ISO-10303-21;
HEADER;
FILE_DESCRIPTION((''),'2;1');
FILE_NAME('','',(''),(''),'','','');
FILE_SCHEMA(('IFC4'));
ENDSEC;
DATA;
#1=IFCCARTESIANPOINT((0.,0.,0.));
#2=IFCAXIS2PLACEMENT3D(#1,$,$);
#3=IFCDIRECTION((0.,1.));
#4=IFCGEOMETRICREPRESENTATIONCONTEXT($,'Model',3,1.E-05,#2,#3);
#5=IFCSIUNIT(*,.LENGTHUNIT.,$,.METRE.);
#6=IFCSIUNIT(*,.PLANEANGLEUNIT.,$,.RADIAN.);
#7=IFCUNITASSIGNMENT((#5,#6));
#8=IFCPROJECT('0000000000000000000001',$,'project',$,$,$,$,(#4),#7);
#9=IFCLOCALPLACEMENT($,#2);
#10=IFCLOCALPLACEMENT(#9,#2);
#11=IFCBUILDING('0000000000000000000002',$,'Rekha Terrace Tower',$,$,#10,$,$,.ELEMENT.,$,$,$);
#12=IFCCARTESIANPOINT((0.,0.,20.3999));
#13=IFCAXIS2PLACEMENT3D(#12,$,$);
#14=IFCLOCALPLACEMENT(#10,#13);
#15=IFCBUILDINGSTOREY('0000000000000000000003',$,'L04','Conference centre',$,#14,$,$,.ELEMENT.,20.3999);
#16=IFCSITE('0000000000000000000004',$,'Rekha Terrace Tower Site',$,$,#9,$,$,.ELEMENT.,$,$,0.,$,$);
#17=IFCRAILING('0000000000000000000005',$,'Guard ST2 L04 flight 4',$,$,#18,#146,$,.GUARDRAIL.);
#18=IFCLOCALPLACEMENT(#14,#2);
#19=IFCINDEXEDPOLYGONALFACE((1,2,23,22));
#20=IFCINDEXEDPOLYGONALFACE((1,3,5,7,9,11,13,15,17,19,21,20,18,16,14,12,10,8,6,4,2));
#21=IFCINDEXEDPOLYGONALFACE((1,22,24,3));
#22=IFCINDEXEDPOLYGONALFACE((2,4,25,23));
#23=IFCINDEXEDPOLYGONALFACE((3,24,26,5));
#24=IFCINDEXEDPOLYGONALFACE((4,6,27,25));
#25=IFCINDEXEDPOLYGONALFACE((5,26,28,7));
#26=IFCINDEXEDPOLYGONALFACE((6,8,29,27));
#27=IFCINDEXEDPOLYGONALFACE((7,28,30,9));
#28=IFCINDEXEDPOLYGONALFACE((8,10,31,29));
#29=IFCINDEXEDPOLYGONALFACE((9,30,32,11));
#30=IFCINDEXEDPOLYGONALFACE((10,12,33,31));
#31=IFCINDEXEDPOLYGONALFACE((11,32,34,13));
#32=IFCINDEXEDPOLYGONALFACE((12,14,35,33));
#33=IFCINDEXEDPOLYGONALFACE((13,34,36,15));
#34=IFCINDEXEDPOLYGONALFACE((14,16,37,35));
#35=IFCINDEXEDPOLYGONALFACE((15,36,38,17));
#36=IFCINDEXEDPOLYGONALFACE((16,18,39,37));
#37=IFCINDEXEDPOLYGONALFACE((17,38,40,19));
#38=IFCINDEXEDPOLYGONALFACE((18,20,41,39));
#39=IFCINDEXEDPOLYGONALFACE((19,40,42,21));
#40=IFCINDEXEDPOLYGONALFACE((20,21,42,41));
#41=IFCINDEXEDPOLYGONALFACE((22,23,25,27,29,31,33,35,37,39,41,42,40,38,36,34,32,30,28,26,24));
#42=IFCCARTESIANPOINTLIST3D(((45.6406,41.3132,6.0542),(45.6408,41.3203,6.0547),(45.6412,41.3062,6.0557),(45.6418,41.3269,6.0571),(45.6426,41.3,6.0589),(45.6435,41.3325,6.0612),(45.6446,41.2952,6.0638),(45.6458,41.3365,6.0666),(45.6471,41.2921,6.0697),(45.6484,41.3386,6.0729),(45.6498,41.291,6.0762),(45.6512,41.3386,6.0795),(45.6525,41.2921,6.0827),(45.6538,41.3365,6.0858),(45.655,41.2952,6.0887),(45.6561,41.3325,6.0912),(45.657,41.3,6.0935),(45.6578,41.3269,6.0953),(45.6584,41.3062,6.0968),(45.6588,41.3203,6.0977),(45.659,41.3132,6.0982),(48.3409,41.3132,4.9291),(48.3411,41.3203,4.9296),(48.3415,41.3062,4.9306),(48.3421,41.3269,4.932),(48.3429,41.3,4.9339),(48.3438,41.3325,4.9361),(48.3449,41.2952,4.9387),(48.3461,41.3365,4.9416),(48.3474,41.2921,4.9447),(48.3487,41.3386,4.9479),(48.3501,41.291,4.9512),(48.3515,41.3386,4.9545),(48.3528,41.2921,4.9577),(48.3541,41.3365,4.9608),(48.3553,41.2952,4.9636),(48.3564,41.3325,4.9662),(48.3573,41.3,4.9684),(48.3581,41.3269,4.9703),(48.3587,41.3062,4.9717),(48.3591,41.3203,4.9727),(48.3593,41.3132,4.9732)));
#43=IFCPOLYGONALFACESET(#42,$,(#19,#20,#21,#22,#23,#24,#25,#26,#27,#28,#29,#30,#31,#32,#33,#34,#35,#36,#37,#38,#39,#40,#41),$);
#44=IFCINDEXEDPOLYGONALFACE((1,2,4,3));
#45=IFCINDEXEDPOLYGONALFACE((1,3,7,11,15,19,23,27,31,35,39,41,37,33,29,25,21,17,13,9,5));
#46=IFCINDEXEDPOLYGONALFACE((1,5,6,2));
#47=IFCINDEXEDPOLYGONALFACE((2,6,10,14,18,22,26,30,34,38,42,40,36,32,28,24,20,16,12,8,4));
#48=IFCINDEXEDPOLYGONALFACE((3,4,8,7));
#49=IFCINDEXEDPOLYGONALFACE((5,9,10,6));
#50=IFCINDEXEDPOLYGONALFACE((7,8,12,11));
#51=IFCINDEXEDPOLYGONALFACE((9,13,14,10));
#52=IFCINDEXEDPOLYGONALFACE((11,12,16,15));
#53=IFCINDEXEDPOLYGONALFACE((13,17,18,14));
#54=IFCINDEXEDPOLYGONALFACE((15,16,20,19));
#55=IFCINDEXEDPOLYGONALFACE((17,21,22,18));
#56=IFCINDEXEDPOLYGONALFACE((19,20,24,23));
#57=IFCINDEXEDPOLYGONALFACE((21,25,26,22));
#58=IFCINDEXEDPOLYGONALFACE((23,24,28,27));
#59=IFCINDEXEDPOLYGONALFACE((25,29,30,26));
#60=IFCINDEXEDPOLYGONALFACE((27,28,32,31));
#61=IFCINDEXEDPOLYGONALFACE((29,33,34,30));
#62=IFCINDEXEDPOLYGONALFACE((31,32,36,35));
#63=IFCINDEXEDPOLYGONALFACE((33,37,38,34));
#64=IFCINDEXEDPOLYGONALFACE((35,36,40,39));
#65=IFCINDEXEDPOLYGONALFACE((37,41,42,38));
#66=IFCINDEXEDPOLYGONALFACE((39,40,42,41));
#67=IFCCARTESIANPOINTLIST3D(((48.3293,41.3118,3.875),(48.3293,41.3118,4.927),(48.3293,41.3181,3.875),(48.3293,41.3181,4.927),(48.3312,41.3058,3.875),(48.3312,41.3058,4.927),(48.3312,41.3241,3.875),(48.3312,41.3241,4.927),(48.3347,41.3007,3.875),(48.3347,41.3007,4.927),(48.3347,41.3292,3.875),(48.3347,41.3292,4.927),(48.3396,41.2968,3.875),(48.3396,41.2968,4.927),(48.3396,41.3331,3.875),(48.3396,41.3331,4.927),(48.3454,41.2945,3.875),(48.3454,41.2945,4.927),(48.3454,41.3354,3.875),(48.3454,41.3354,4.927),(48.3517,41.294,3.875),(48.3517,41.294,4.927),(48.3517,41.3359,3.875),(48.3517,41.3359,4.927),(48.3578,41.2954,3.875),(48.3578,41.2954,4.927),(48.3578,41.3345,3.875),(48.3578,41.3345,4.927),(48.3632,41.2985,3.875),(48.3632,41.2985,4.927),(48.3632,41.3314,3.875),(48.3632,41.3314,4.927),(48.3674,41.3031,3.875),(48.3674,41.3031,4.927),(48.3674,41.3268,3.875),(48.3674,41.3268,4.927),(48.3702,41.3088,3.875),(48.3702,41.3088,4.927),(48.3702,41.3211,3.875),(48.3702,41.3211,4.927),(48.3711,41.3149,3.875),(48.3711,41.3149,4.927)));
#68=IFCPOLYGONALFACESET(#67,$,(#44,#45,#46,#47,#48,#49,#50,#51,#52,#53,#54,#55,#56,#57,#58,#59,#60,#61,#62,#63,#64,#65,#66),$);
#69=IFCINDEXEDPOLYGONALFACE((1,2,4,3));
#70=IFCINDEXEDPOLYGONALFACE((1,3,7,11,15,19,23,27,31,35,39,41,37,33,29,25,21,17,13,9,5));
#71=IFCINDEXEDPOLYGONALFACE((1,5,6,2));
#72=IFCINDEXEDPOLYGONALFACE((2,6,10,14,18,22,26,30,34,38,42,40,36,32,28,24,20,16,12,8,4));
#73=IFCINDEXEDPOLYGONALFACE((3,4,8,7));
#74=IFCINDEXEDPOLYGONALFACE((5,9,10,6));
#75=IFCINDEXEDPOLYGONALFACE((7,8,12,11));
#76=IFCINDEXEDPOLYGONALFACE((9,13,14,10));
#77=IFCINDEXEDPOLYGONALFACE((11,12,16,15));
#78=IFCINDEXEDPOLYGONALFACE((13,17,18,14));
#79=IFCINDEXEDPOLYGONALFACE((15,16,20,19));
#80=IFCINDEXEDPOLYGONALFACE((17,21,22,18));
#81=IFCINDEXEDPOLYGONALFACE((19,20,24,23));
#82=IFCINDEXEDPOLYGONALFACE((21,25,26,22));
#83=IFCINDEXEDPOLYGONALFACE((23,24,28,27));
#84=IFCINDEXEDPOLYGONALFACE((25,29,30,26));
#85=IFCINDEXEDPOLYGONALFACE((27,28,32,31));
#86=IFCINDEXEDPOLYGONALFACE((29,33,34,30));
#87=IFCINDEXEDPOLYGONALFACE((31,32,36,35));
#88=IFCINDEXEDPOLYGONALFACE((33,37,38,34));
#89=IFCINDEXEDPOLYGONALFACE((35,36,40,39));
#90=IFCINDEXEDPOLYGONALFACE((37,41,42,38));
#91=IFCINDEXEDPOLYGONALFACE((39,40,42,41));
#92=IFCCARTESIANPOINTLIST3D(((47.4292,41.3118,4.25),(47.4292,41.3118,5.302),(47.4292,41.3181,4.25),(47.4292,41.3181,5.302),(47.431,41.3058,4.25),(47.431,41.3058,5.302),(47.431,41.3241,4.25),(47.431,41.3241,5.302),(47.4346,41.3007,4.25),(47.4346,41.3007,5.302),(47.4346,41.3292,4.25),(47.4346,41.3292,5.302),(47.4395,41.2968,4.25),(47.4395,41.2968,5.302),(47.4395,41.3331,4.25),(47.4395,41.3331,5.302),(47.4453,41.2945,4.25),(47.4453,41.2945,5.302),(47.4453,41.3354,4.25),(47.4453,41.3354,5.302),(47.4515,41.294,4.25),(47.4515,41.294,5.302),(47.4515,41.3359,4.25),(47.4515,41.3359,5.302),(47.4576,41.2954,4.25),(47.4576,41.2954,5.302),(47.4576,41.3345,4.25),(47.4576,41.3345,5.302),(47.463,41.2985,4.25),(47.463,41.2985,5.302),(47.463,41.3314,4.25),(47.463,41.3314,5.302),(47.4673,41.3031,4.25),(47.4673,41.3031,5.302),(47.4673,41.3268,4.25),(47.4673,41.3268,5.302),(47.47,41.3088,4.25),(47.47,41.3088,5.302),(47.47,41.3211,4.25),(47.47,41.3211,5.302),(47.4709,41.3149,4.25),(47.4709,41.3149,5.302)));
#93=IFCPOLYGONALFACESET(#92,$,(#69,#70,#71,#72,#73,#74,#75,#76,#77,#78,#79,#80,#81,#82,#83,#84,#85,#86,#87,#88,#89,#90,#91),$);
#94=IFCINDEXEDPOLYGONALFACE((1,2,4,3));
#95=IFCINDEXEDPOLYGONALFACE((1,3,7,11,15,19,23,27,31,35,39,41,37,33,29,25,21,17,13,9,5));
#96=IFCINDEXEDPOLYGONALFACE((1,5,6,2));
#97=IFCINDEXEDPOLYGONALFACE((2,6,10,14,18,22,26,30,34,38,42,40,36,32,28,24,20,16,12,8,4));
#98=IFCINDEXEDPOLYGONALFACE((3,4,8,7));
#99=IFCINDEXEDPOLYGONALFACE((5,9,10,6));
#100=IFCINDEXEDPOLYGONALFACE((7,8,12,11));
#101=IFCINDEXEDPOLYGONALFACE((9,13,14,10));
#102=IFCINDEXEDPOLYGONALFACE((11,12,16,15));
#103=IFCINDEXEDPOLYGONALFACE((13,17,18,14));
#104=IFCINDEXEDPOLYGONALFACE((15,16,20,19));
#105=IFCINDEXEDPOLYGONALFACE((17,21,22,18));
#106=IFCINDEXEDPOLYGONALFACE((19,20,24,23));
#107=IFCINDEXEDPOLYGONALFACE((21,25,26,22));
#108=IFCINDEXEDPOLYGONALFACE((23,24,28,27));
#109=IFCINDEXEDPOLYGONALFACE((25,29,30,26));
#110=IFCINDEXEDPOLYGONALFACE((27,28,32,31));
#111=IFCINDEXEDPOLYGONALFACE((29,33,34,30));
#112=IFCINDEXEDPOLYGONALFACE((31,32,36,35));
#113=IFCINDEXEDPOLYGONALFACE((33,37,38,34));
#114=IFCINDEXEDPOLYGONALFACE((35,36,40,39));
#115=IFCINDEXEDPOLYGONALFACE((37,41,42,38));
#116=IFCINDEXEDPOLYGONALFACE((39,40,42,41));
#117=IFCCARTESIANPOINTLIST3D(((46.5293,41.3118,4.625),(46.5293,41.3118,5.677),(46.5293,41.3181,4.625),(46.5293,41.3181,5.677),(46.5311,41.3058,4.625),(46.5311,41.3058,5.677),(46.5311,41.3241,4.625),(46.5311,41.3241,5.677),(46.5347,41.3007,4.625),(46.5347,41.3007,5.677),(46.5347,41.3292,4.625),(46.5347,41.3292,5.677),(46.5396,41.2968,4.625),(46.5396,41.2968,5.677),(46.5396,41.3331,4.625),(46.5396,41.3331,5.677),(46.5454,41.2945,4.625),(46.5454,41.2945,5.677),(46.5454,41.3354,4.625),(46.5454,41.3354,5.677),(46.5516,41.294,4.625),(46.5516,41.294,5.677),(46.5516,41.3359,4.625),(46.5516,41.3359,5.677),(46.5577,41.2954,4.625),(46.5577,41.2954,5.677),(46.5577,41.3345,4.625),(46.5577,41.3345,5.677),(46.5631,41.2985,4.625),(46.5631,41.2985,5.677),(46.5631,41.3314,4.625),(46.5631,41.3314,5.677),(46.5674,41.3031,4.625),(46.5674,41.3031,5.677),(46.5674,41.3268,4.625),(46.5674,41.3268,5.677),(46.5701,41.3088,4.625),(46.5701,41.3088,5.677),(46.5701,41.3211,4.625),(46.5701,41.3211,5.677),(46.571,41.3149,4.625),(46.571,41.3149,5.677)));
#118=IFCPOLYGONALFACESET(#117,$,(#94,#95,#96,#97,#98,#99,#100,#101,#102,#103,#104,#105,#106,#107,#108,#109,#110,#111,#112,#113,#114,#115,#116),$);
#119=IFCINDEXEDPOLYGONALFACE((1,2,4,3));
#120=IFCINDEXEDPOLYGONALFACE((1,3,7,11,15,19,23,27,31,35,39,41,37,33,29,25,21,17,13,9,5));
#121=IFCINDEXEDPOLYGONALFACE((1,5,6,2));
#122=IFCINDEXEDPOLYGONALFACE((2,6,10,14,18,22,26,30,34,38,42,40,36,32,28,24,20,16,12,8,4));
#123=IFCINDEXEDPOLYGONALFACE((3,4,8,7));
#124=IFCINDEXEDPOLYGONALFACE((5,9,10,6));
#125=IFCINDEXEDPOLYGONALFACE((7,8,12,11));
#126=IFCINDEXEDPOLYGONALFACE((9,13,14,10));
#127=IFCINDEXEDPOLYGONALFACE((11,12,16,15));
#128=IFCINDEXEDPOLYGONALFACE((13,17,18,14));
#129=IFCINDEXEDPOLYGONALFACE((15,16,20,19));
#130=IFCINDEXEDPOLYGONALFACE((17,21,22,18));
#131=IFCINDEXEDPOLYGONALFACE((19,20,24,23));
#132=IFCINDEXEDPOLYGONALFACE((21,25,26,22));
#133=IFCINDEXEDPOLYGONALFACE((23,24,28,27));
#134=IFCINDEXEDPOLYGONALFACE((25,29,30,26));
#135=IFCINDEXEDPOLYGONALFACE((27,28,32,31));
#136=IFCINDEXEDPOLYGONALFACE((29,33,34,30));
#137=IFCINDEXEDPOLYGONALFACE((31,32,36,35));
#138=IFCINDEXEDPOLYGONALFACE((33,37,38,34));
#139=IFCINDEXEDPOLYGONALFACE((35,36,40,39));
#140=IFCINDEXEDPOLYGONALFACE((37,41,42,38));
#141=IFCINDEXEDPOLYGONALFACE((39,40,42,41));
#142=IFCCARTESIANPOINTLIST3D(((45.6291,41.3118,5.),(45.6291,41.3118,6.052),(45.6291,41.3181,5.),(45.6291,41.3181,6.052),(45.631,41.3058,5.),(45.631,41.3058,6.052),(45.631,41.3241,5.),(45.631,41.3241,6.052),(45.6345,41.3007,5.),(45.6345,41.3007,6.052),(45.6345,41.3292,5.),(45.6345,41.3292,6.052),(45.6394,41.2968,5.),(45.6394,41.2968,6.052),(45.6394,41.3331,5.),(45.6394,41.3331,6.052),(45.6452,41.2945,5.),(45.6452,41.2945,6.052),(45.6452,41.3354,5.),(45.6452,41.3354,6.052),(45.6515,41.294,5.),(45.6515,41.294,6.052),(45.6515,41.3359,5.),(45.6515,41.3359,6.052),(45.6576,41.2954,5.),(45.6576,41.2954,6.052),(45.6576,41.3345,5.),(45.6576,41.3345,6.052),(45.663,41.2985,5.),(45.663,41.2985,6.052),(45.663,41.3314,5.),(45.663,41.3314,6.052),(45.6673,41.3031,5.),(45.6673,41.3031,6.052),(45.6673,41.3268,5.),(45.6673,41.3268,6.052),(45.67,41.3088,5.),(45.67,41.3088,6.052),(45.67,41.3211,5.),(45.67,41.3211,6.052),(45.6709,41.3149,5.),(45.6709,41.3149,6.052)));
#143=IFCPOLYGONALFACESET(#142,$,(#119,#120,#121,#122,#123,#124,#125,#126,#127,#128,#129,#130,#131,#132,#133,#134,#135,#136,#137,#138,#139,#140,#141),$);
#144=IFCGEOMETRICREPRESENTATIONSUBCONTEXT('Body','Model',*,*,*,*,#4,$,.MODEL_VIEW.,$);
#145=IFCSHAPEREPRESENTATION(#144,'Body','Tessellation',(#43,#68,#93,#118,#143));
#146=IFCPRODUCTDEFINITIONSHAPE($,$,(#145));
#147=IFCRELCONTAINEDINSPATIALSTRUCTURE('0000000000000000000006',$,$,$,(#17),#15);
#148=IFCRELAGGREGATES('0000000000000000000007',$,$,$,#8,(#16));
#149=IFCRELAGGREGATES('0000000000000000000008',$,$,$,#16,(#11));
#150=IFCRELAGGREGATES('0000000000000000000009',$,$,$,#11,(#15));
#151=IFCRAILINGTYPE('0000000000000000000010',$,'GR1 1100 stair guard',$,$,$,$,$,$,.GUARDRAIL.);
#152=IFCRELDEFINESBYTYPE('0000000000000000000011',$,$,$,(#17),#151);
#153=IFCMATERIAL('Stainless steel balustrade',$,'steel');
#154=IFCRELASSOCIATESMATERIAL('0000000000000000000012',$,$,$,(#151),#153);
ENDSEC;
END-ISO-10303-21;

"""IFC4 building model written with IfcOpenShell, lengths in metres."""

from ifc_helpers import new_model, si_unit, direction, frame, origin, origin_2d, place, context, subcontext, project, spatial, circle, extrude, material, type_object, element, save


model = new_model("IFC4")

# Units and contexts
model_context = context("Model", 3, precision=1e-05, world=origin(), true_north=direction((0.0, 1.0)))
body_context = subcontext(model_context, "Body", "Model", "MODEL_VIEW")
ifc_project = project(units=[si_unit("LENGTHUNIT", "METRE"), si_unit("PLANEANGLEUNIT", "RADIAN")], contexts=[model_context])

# Site, building, storey
site_placement = place(None, origin())
site = spatial("IfcSite", under=ifc_project, at=site_placement, Name="Rekha Terrace Tower Site", CompositionType="ELEMENT", RefElevation=0.0)
building_placement = place(site_placement, origin())
building = spatial("IfcBuilding", under=site, at=building_placement, Name="Rekha Terrace Tower", CompositionType="ELEMENT")
storey_placement = place(building_placement, frame((0.0, 0.0, 20.3999)))
storey = spatial("IfcBuildingStorey", under=building, at=storey_placement, Name="L04", Description="Conference centre", CompositionType="ELEMENT", Elevation=20.3999)

# Railing
ifc_material_1 = material(Name="Stainless steel balustrade", Category="steel")
railing_type_1 = type_object("IfcRailingType", Name="GR1 1100 stair guard", PredefinedType="GUARDRAIL", material=ifc_material_1)
railing_1_placement = place(storey_placement, frame((48.3501, 41.3149, 3.875)))
element("IfcRailing", 1, at=railing_1_placement, inside=storey, type_object=railing_type_1, Name="Guard ST2 L04 flight 4", PredefinedType="GUARDRAIL", context=body_context, shape_type="SweptSolid", body=[
    extrude(circle(Radius=0.0239, at=origin_2d()), frame((0.0, 0.0, 1.0762), z_axis=(-0.923087, 0.0, 0.384592), x_axis=(0.0, -1.0, 0.0)), (0.0, 0.0, 1.0), 2.9253),
    extrude(circle(Radius=0.021, at=origin_2d()), origin(), (0.0, 0.0, 1.0), 1.052),
    extrude(circle(Radius=0.021, at=origin_2d()), frame((-0.9001, 0.0, 0.375)), (0.0, 0.0, 1.0), 1.052),
    extrude(circle(Radius=0.021, at=origin_2d()), frame((-1.8, 0.0, 0.75)), (0.0, 0.0, 1.0), 1.052),
    extrude(circle(Radius=0.021, at=origin_2d()), frame((-2.7002, 0.0, 1.125)), (0.0, 0.0, 1.0), 1.052),
])

save(model, "model.ifc")
